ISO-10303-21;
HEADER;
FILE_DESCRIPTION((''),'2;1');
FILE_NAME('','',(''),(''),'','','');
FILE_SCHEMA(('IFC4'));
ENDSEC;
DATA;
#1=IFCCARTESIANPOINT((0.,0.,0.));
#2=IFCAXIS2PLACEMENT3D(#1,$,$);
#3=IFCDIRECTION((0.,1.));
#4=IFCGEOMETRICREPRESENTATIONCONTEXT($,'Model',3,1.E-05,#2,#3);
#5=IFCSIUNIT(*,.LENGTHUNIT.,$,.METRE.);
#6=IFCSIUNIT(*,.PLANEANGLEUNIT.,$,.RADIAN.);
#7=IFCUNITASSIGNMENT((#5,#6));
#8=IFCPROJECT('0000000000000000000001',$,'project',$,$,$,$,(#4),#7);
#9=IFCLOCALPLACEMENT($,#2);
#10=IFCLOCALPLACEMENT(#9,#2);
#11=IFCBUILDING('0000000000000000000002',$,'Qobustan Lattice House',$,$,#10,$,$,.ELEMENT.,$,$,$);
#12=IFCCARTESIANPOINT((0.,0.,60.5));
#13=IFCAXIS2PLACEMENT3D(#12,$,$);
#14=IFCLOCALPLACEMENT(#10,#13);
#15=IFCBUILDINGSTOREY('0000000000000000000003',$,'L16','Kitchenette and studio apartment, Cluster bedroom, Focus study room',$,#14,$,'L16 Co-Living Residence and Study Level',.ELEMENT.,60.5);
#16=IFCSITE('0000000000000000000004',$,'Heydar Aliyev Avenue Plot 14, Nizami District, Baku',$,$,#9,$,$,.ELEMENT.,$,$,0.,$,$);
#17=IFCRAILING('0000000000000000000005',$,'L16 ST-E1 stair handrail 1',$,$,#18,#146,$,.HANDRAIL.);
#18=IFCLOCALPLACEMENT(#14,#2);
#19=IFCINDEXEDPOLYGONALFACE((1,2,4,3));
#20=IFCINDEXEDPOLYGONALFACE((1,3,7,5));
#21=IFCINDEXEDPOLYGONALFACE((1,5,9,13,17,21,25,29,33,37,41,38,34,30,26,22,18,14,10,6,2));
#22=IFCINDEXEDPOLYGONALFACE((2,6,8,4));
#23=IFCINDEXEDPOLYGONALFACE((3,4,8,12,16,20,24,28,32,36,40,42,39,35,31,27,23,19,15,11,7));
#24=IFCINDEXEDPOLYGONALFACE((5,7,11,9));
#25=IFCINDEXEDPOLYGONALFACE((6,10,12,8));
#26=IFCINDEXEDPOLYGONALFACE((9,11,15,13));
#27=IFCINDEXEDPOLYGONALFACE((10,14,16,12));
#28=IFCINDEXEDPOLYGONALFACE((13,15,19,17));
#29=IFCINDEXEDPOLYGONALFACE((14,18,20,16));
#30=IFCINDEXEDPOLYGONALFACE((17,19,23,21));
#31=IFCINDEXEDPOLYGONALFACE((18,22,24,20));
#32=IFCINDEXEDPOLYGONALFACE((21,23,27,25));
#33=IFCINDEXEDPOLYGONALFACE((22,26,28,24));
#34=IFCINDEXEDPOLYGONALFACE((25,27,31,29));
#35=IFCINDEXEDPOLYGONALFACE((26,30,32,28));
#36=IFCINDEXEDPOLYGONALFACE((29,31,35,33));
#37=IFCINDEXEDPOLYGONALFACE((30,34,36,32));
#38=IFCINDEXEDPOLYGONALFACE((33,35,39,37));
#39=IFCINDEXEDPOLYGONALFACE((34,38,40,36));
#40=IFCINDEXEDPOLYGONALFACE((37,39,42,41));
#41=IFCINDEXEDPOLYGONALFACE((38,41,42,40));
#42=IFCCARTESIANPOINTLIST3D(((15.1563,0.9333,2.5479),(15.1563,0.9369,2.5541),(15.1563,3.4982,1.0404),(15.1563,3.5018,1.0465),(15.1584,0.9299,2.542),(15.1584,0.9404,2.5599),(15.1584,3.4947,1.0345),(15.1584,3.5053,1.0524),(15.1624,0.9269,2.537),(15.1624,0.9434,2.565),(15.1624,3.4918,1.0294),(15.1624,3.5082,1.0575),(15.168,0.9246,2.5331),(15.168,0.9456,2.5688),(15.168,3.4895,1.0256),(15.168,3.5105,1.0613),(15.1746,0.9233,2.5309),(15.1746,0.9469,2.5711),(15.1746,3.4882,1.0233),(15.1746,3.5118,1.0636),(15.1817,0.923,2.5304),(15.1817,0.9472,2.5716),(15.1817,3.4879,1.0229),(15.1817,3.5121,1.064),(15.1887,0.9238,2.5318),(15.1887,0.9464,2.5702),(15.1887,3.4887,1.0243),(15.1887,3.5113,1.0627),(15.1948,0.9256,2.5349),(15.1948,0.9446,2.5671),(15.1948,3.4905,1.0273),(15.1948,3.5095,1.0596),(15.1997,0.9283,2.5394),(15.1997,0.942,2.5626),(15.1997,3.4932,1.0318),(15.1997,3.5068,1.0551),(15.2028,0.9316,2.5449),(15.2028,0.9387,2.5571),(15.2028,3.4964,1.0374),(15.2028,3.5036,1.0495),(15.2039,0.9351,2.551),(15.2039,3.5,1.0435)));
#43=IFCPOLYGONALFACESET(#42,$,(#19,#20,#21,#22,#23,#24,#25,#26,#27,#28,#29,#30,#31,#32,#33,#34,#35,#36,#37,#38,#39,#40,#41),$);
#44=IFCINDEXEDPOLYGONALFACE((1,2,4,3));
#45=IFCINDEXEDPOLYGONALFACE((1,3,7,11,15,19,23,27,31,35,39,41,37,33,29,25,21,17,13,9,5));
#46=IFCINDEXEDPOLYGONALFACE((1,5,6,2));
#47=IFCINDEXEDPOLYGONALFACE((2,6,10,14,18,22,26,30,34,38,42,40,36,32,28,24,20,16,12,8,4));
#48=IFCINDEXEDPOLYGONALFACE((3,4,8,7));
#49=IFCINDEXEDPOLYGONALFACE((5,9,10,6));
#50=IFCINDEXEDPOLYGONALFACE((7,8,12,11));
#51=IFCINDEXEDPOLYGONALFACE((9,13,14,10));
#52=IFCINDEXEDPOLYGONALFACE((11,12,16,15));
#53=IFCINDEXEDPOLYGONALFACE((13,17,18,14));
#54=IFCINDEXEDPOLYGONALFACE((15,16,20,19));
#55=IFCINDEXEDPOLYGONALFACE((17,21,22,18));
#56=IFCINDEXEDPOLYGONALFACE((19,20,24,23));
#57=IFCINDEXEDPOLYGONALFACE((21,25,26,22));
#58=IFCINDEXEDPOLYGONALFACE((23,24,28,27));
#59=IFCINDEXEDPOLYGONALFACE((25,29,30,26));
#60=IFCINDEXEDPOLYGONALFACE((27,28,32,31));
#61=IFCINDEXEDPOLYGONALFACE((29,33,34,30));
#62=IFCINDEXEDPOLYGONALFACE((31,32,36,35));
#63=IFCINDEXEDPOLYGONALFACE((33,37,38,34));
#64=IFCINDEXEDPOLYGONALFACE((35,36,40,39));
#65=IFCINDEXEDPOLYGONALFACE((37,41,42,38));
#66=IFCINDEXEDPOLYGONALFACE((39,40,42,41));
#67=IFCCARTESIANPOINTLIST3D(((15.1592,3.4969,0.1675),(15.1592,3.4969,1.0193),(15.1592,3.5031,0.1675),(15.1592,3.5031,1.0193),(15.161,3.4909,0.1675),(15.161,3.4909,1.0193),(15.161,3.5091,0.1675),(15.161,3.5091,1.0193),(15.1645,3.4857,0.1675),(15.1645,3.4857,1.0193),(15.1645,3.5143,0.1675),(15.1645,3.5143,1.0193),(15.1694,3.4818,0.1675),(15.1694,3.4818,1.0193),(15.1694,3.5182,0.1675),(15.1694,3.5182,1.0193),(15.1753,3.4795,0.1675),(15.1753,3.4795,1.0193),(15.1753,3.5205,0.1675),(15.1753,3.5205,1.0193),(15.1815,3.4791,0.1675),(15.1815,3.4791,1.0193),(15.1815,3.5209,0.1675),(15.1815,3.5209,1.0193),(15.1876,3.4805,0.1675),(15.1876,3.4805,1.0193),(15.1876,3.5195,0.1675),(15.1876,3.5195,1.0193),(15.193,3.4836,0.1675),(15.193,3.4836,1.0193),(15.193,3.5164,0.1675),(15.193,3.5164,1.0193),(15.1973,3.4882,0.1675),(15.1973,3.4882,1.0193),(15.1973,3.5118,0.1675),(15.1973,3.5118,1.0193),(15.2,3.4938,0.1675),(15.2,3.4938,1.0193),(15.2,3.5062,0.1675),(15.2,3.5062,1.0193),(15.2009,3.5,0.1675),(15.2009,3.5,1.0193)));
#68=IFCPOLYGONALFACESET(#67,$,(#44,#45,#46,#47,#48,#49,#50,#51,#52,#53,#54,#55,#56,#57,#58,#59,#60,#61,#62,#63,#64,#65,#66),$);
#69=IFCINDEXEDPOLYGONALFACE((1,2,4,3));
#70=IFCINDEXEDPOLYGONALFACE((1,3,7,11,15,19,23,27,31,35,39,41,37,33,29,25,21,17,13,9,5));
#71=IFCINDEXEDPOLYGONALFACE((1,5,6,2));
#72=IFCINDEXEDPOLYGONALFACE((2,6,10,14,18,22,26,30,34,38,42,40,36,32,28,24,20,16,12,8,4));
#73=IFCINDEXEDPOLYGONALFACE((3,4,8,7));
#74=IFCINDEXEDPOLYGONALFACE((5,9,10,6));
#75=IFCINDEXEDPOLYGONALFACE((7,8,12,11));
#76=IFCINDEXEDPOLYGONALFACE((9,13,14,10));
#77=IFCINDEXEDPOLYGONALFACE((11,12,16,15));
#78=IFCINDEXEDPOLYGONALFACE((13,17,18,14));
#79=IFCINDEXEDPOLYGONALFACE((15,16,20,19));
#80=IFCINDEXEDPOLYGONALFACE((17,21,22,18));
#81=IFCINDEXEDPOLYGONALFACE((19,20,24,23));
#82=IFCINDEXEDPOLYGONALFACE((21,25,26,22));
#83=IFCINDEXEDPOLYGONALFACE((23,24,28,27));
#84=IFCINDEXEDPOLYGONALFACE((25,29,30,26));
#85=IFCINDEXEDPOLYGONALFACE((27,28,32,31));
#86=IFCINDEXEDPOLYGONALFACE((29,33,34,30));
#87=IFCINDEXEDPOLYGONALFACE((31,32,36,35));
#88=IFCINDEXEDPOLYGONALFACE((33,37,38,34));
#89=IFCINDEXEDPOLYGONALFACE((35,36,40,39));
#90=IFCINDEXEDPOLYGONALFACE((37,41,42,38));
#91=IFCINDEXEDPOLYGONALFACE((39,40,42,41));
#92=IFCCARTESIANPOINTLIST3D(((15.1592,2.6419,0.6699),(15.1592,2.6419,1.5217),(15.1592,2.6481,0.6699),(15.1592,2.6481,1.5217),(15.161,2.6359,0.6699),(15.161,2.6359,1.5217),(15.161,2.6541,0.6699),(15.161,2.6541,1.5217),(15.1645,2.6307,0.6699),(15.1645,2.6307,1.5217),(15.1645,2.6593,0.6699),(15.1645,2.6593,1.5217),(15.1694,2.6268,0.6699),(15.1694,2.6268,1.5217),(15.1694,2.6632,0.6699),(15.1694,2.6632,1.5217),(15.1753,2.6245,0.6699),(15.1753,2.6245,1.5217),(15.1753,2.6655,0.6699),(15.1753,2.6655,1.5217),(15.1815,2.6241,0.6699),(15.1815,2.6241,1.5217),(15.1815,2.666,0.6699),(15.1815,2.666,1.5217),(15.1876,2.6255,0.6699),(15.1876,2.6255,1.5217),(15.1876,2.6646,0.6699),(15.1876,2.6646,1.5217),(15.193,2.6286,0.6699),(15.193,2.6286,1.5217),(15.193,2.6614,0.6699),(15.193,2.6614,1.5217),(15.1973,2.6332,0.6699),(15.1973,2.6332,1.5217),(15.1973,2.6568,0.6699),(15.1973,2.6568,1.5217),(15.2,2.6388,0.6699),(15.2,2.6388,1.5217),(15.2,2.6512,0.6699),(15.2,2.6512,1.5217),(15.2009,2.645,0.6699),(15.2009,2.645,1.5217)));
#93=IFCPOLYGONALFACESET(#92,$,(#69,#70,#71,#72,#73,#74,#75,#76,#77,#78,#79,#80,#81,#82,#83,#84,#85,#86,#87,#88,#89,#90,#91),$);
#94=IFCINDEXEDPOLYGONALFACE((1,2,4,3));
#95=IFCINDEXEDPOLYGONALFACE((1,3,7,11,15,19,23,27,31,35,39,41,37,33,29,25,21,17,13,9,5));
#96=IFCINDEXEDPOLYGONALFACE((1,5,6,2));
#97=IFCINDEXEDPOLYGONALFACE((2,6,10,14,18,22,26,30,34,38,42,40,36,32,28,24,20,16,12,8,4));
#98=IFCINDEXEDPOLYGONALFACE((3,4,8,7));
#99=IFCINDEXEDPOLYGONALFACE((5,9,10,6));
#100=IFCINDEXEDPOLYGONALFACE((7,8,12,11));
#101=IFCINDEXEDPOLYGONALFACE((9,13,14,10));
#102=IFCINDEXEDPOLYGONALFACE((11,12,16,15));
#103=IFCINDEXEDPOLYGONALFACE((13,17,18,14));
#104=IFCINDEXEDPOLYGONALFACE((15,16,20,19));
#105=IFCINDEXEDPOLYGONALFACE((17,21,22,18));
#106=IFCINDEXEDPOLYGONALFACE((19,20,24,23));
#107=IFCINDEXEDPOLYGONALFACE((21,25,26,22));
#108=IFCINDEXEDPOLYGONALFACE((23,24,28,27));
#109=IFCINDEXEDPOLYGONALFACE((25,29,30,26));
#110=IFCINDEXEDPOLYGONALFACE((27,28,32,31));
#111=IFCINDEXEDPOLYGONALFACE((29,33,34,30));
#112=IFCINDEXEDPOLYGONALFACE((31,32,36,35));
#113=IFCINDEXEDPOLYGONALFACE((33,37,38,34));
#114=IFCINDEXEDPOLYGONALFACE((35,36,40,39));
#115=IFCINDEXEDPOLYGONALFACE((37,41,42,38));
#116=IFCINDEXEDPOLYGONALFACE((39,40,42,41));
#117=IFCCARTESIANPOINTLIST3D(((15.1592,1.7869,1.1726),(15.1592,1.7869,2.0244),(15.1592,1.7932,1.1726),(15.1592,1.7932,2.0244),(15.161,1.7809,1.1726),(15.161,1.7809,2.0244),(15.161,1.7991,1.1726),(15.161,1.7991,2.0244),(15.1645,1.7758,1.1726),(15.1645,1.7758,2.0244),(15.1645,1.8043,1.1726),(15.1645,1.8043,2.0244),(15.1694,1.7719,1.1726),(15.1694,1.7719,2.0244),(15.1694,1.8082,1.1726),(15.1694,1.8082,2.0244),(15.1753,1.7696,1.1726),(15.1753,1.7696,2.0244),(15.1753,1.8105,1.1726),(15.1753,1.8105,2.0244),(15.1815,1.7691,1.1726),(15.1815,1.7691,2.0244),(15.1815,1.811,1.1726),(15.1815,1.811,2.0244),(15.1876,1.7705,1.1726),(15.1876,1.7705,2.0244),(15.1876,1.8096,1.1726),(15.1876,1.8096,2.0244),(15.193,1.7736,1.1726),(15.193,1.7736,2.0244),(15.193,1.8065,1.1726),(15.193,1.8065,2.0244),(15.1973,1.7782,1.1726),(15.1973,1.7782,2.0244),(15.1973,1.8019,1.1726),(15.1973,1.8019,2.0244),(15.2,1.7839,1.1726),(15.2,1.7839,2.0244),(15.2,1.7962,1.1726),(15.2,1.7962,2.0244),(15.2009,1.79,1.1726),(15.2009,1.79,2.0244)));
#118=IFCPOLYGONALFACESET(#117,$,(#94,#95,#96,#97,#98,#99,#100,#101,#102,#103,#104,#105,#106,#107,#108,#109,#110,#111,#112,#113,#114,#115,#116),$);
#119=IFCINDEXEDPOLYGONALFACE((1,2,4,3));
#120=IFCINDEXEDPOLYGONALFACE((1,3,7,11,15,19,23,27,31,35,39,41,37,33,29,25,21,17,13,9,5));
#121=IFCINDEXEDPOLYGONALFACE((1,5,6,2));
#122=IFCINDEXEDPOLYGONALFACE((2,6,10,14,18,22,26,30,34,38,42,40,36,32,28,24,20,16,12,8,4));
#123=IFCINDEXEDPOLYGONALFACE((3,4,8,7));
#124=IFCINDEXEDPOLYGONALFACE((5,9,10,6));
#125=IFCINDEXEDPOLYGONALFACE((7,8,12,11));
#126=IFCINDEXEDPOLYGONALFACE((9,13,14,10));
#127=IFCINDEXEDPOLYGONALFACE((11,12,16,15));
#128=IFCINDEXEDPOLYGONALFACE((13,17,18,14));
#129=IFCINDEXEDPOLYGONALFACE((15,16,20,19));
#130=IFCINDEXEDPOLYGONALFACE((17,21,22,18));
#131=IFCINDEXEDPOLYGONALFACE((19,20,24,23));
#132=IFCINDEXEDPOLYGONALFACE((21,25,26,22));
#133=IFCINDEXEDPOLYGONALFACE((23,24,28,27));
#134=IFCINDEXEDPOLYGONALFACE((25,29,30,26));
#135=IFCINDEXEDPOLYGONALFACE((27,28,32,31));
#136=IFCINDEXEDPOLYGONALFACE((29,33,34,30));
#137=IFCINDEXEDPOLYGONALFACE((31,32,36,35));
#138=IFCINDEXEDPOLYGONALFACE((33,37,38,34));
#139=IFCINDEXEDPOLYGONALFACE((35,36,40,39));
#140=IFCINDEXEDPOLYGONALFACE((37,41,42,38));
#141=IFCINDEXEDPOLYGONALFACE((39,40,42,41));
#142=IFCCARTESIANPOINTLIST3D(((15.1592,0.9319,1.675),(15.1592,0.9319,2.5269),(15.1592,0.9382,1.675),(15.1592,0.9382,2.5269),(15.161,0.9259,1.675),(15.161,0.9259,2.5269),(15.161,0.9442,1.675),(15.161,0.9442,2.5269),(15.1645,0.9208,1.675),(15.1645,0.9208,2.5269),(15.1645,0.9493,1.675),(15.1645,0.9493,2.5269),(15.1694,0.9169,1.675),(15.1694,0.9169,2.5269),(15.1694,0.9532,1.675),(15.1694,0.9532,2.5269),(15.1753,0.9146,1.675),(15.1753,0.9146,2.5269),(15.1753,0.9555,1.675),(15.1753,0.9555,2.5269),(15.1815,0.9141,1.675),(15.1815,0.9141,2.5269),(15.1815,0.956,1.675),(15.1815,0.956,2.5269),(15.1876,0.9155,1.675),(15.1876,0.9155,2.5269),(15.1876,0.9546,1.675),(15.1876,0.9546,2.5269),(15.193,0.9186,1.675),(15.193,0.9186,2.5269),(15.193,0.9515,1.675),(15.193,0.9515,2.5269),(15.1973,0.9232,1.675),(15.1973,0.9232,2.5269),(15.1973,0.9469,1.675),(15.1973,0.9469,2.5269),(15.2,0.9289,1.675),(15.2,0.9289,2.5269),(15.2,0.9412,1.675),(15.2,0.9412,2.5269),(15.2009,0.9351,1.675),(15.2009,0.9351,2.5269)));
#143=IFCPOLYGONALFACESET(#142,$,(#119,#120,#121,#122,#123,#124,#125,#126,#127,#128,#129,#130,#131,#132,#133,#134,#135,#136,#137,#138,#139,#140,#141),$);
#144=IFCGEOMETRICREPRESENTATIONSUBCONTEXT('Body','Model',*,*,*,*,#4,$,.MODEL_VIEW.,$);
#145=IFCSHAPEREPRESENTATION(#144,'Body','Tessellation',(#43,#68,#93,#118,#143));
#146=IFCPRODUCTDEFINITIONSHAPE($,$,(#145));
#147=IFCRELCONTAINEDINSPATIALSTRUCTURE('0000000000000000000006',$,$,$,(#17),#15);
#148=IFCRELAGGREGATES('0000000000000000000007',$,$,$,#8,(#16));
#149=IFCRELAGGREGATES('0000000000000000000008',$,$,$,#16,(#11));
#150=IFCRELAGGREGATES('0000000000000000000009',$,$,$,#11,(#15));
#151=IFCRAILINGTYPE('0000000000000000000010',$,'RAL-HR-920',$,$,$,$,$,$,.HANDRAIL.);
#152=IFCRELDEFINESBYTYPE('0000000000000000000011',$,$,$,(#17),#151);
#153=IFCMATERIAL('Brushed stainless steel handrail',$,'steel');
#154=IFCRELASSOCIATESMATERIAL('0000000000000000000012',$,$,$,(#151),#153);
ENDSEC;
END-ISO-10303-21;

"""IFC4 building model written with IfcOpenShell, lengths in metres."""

from ifc_helpers import new_model, si_unit, direction, frame, origin, origin_2d, place, context, subcontext, project, spatial, circle, extrude, material, type_object, element, save


model = new_model("IFC4")

# Units and contexts
model_context = context("Model", 3, precision=1e-05, world=origin(), true_north=direction((0.0, 1.0)))
body_context = subcontext(model_context, "Body", "Model", "MODEL_VIEW")
ifc_project = project(units=[si_unit("LENGTHUNIT", "METRE"), si_unit("PLANEANGLEUNIT", "RADIAN")], contexts=[model_context])

# Site, building, storey
site_placement = place(None, origin())
site = spatial("IfcSite", under=ifc_project, at=site_placement, Name="Heydar Aliyev Avenue Plot 14, Nizami District, Baku", CompositionType="ELEMENT", RefElevation=0.0)
building_placement = place(site_placement, origin())
building = spatial("IfcBuilding", under=site, at=building_placement, Name="Qobustan Lattice House", CompositionType="ELEMENT")
storey_placement = place(building_placement, frame((0.0, 0.0, 60.5)))
storey = spatial("IfcBuildingStorey", under=building, at=storey_placement, Name="L16", Description="Kitchenette and studio apartment, Cluster bedroom, Focus study room", LongName="L16 Co-Living Residence and Study Level", CompositionType="ELEMENT", Elevation=60.5)

# Railing
ifc_material_1 = material(Name="Brushed stainless steel handrail", Category="steel")
railing_type_1 = type_object("IfcRailingType", Name="RAL-HR-920", PredefinedType="HANDRAIL", material=ifc_material_1)
railing_1_placement = place(storey_placement, frame((15.1799, 3.5, 0.1675)))
element("IfcRailing", 1, at=railing_1_placement, inside=storey, type_object=railing_type_1, Name="L16 ST-E1 stair handrail 1", PredefinedType="HANDRAIL", context=body_context, shape_type="SweptSolid", body=[
    extrude(circle(Radius=0.0239, at=origin_2d()), frame((0.0, 0.0, 0.876), z_axis=(0.0, -0.862113, 0.506715), x_axis=(1.0, 0.0, 0.0)), (0.0, 0.0, 1.0), 2.9751),
    extrude(circle(Radius=0.021, at=origin_2d()), origin(), (0.0, 0.0, 1.0), 0.8518),
    extrude(circle(Radius=0.021, at=origin_2d()), frame((0.0, -0.855, 0.5024)), (0.0, 0.0, 1.0), 0.8518),
    extrude(circle(Radius=0.021, at=origin_2d()), frame((0.0, -1.71, 1.0051)), (0.0, 0.0, 1.0), 0.8518),
    extrude(circle(Radius=0.021, at=origin_2d()), frame((0.0, -2.5649, 1.5076)), (0.0, 0.0, 1.0), 0.8518),
])

save(model, "model.ifc")
